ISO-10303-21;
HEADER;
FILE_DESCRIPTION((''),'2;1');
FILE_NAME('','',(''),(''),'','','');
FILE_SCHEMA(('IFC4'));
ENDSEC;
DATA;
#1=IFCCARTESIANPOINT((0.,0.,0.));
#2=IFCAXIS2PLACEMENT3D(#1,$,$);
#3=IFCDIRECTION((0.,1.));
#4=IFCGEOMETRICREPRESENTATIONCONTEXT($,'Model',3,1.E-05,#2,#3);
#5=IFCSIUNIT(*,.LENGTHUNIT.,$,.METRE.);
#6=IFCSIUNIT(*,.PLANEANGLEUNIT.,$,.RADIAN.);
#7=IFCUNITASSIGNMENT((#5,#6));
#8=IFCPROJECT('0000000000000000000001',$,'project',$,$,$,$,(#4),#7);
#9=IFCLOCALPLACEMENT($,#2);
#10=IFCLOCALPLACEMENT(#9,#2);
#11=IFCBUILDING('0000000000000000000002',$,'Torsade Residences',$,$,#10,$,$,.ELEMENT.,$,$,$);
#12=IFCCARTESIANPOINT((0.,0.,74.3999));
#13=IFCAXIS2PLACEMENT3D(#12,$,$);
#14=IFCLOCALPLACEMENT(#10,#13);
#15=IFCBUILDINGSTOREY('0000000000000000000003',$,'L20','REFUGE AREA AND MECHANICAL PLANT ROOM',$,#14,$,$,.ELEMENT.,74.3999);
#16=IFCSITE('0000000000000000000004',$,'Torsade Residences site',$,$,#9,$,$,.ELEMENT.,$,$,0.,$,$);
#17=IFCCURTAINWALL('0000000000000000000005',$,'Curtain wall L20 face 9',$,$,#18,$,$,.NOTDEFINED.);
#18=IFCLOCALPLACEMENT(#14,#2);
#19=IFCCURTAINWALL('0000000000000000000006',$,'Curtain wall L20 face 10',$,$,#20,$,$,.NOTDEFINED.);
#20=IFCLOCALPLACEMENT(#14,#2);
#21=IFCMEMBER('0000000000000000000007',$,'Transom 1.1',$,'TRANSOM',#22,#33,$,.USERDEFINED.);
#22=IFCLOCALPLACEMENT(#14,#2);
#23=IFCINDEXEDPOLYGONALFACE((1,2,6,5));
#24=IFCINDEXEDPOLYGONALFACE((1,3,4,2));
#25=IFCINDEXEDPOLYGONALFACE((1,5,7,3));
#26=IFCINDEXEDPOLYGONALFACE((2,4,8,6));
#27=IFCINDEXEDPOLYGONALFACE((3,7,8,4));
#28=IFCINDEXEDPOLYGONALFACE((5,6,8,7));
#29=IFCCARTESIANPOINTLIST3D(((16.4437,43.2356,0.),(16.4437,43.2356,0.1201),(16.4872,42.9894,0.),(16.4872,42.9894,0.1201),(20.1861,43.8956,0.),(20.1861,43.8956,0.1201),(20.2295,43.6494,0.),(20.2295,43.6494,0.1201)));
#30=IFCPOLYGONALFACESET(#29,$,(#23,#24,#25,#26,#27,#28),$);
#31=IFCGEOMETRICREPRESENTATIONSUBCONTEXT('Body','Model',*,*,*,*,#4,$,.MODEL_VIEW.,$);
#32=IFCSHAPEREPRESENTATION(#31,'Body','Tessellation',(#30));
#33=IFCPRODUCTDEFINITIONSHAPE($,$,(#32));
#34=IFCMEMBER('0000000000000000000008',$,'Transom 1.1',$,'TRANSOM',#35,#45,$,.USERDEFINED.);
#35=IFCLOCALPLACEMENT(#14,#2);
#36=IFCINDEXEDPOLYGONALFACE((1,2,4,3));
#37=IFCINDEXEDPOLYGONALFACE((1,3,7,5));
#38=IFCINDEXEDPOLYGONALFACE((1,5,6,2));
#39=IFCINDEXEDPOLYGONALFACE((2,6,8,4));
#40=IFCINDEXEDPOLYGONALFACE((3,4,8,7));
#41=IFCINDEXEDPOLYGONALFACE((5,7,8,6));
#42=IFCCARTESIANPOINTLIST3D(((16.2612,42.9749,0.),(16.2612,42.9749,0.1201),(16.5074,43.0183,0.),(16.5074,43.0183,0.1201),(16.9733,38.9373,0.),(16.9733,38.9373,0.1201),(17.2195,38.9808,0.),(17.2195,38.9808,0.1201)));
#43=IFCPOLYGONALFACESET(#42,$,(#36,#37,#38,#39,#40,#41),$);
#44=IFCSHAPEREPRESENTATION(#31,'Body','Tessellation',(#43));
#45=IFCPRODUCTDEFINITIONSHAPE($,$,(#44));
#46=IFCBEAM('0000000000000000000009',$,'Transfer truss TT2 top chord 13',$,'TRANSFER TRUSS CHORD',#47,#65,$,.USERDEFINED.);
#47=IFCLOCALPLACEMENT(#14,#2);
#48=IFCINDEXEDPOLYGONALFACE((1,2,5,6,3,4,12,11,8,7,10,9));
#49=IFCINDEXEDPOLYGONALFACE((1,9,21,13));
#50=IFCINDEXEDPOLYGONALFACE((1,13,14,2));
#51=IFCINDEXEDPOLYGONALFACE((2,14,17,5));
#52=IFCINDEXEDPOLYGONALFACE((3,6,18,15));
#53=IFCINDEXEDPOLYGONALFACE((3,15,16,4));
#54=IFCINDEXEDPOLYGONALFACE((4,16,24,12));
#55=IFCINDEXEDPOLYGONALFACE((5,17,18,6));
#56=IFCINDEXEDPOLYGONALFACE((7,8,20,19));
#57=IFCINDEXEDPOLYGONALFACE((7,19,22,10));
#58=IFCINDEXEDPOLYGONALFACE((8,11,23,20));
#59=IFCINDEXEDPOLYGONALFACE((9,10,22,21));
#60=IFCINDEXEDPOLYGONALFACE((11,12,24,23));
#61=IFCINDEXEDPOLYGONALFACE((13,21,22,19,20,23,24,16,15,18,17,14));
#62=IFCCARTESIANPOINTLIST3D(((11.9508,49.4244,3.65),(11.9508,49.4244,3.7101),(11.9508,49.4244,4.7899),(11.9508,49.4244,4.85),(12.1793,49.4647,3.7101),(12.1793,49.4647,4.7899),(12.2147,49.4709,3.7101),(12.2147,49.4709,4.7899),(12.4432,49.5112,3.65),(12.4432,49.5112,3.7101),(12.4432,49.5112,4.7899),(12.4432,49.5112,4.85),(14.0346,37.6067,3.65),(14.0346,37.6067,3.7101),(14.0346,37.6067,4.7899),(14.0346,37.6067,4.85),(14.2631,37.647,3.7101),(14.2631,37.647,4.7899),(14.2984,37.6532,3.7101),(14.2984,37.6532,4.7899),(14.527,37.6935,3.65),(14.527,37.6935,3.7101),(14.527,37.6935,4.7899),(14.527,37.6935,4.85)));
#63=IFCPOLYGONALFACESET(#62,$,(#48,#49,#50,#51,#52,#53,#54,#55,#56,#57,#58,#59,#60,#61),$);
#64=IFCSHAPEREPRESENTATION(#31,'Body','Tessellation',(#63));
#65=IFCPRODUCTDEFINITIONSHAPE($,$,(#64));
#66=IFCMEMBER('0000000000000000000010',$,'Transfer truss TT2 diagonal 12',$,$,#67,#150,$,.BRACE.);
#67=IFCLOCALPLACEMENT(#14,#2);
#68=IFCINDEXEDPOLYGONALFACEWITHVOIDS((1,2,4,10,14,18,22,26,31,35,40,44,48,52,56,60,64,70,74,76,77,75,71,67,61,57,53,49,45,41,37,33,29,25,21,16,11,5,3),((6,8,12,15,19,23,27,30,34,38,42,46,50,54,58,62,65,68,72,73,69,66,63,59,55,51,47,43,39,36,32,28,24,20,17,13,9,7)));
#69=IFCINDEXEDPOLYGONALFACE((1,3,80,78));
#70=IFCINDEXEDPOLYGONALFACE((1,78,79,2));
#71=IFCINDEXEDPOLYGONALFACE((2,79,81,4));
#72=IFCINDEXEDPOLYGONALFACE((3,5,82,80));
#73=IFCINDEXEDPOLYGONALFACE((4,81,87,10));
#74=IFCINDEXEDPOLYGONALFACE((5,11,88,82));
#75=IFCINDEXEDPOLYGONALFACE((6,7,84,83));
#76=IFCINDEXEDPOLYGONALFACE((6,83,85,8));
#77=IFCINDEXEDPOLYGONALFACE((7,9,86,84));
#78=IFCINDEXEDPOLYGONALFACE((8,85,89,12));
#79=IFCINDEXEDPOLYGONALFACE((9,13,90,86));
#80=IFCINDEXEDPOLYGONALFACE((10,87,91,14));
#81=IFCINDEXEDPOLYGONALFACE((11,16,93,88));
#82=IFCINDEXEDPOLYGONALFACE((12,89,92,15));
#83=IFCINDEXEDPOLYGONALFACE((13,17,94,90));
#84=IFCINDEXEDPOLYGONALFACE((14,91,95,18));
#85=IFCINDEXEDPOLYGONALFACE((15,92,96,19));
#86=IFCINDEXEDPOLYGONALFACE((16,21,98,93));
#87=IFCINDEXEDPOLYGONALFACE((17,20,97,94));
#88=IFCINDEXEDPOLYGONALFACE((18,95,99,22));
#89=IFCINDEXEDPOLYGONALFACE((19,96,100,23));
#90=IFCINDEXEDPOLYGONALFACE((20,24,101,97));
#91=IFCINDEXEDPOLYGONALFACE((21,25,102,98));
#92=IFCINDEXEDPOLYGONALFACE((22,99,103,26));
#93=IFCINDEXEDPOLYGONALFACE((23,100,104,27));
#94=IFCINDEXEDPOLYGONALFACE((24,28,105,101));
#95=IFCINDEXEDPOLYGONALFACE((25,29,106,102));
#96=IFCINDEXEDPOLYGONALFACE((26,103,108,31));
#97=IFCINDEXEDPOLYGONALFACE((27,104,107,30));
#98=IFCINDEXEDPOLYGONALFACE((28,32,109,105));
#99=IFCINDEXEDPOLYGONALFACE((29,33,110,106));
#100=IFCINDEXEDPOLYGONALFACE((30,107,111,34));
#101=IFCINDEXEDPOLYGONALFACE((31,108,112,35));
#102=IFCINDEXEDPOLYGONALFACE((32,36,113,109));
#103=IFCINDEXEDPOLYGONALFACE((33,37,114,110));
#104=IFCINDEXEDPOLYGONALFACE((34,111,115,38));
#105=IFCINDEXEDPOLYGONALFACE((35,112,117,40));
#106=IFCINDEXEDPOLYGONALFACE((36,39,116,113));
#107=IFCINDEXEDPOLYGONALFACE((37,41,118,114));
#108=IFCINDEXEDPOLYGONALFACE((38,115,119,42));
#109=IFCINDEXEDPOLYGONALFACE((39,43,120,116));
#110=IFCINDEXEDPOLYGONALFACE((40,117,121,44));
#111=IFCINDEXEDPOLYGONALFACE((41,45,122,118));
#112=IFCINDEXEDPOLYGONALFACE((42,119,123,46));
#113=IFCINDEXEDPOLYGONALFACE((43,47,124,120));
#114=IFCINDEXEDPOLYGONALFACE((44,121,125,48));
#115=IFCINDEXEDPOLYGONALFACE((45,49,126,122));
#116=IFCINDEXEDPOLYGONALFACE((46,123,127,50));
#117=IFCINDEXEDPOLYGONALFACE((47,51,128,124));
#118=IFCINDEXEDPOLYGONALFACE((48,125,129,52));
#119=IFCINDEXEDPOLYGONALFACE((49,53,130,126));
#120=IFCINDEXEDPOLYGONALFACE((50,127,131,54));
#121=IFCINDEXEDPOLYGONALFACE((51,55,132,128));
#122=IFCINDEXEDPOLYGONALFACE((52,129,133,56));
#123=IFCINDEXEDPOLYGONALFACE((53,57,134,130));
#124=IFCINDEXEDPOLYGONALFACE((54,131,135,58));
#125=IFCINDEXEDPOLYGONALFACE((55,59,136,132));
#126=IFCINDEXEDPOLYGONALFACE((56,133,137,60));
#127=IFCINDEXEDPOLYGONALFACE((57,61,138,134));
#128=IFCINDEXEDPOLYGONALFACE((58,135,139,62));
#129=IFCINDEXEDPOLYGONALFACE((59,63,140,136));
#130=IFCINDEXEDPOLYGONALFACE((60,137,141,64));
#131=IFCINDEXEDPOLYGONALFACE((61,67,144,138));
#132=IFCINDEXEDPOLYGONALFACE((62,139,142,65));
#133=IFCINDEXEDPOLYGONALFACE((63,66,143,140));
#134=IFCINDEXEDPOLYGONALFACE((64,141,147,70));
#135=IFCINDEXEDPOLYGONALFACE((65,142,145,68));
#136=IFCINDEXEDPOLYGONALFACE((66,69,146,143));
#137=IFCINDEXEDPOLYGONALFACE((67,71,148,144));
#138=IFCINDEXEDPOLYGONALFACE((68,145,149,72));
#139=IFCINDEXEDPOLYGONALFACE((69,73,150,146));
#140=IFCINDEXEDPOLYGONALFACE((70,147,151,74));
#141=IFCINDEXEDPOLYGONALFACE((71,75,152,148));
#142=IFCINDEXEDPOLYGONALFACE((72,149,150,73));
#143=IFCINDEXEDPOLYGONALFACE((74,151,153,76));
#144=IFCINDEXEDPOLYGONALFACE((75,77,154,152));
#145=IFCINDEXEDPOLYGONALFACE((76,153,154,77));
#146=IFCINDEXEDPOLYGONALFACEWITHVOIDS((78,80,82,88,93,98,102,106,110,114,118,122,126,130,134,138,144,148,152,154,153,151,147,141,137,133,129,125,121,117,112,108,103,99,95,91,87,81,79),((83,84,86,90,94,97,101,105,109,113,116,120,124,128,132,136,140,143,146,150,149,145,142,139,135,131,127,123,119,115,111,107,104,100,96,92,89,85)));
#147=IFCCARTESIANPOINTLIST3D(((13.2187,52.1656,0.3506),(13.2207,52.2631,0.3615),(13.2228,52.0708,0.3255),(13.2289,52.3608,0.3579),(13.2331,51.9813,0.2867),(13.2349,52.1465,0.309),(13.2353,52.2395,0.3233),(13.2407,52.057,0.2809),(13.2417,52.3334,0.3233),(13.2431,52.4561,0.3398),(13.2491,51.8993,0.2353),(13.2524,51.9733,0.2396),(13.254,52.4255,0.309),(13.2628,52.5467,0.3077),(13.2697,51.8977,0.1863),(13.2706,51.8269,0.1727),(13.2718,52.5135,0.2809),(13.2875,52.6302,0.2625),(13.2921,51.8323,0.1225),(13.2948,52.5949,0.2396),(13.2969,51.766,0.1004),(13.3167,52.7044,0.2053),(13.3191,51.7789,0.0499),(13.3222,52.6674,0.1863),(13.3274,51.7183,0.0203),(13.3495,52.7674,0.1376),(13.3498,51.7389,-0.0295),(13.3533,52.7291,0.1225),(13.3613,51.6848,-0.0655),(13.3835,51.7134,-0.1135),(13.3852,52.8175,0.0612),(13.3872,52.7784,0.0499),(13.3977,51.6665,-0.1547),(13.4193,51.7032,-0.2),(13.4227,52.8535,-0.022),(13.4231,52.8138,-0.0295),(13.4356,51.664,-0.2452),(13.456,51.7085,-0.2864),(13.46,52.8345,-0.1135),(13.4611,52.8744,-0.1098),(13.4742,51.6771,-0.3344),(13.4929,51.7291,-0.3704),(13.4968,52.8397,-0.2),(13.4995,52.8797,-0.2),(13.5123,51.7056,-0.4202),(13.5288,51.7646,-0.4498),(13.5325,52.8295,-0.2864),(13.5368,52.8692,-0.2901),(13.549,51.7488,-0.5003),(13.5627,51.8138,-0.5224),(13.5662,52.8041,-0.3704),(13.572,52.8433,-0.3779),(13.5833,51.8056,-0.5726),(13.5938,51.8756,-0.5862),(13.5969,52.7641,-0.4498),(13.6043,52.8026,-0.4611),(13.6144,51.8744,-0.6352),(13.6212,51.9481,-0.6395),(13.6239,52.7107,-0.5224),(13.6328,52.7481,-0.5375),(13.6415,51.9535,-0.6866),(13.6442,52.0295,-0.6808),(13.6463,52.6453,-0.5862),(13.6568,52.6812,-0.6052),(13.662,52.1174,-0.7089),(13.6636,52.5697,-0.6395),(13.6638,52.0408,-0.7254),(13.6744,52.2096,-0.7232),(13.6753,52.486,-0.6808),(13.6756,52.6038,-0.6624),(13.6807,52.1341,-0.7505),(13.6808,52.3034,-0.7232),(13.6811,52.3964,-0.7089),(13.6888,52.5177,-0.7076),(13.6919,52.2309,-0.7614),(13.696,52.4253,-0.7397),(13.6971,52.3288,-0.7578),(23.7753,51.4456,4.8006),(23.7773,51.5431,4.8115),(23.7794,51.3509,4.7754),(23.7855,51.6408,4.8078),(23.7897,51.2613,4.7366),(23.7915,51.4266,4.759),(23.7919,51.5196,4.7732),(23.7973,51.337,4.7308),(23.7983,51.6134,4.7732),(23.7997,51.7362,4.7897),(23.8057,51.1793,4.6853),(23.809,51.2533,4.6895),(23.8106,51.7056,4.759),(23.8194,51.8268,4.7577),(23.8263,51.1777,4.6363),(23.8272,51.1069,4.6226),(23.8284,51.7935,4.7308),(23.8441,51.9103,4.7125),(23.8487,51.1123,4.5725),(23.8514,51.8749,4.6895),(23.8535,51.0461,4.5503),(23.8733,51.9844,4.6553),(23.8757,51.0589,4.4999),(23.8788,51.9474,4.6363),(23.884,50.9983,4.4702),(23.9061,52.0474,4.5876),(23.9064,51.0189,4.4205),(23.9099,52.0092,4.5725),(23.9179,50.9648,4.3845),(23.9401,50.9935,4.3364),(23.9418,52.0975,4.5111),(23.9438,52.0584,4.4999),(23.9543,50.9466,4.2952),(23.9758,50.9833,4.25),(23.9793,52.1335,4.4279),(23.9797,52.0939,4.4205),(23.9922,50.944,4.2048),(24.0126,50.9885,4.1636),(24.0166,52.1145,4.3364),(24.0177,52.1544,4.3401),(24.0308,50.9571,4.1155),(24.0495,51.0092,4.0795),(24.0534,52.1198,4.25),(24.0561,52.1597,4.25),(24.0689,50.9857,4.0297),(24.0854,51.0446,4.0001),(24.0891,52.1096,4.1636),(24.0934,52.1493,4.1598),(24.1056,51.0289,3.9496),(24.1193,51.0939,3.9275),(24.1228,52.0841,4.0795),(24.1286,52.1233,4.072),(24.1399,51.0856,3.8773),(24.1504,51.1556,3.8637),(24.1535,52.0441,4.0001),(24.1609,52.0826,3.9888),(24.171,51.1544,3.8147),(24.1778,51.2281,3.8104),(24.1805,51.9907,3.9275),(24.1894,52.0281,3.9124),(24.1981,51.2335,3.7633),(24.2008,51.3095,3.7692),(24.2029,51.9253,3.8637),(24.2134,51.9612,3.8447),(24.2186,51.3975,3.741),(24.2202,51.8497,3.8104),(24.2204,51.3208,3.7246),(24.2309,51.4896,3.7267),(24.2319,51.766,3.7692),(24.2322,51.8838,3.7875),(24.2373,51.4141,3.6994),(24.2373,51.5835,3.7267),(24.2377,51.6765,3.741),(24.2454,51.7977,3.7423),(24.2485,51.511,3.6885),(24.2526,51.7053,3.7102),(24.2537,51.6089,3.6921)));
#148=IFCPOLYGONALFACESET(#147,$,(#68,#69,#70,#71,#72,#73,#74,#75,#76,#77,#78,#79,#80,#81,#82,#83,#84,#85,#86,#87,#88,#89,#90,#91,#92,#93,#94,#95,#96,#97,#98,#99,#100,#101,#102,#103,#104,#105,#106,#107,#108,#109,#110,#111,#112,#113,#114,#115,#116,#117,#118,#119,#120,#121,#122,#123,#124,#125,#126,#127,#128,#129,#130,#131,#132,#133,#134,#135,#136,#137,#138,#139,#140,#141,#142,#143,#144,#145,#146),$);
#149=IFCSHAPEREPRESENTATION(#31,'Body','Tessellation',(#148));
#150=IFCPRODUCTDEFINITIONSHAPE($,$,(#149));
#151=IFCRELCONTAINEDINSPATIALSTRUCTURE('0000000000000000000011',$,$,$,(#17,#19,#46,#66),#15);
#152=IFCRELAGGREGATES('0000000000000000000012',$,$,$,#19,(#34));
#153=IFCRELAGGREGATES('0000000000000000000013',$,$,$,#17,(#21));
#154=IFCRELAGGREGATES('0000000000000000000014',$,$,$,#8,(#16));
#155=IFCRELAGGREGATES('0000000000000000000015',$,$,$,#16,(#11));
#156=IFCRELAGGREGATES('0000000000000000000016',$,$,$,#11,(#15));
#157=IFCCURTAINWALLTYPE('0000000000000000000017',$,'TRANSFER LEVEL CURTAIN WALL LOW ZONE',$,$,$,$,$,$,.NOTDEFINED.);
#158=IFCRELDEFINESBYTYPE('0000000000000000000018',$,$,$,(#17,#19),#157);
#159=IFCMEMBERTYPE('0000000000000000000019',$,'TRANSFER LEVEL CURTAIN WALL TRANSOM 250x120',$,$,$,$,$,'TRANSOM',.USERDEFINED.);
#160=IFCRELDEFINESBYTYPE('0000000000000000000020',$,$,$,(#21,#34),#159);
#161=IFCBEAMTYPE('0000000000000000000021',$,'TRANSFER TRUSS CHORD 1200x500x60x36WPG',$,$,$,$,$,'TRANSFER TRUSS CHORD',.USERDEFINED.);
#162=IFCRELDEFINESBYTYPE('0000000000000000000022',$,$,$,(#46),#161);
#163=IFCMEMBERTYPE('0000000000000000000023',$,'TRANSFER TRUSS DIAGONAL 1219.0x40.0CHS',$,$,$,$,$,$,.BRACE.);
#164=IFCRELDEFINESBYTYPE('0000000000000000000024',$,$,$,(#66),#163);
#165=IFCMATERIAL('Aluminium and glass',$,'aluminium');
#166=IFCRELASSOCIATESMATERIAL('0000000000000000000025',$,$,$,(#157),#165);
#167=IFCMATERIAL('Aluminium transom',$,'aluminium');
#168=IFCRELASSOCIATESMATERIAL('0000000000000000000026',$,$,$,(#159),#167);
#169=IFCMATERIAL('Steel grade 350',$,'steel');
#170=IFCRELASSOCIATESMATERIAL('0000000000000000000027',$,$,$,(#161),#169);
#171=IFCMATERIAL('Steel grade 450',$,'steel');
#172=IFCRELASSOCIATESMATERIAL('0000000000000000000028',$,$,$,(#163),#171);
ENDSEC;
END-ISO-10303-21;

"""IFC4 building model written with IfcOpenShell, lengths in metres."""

from ifc_helpers import new_model, si_unit, direction, frame, origin, origin_2d, place, context, subcontext, project, spatial, rectangle, hollow_circle, i_section, extrude, material, material_profile, profile_set, type_object, element, aggregate, save


model = new_model("IFC4")

# Units and contexts
model_context = context("Model", 3, precision=1e-05, world=origin(), true_north=direction((0.0, 1.0)))
body_context = subcontext(model_context, "Body", "Model", "MODEL_VIEW")
ifc_project = project(units=[si_unit("LENGTHUNIT", "METRE"), si_unit("PLANEANGLEUNIT", "RADIAN")], contexts=[model_context])

# Site, building, storey
site_placement = place(None, origin())
site = spatial("IfcSite", under=ifc_project, at=site_placement, Name="Torsade Residences site", CompositionType="ELEMENT", RefElevation=0.0)
building_placement = place(site_placement, origin())
building = spatial("IfcBuilding", under=site, at=building_placement, Name="Torsade Residences", CompositionType="ELEMENT")
storey_placement = place(building_placement, frame((0.0, 0.0, 74.3999)))
storey = spatial("IfcBuildingStorey", under=building, at=storey_placement, Name="L20", Description="REFUGE AREA AND MECHANICAL PLANT ROOM", CompositionType="ELEMENT", Elevation=74.3999)

# Curtain wall
ifc_material_1 = material(Name="Aluminium and glass", Category="aluminium")
curtain_wall_type = type_object("IfcCurtainWallType", Name="TRANSFER LEVEL CURTAIN WALL LOW ZONE", PredefinedType="NOTDEFINED", material=ifc_material_1)
curtain_wall_1_placement = place(storey_placement, origin())
curtain_wall_1 = element("IfcCurtainWall", 1, at=curtain_wall_1_placement, inside=storey, type_object=curtain_wall_type, Name="Curtain wall L20 face 9", PredefinedType="NOTDEFINED")

# Curtain wall
curtain_wall_2_placement = place(storey_placement, origin())
curtain_wall_2 = element("IfcCurtainWall", 2, at=curtain_wall_2_placement, inside=storey, type_object=curtain_wall_type, Name="Curtain wall L20 face 10", PredefinedType="NOTDEFINED")

# Members
ifc_material_2 = material(Name="Aluminium transom", Category="aluminium")
ifc_material_profile_1 = material_profile(ifc_material_2, rectangle(XDim=0.25, YDim=0.1201, at=origin_2d()), Name="TRANSFER LEVEL CURTAIN WALL TRANSOM 250x120")
ifc_profile_set_1 = profile_set([ifc_material_profile_1], Name="Aluminium transom")
member_type_1 = type_object("IfcMemberType", Name="TRANSFER LEVEL CURTAIN WALL TRANSOM 250x120", ElementType="TRANSOM", PredefinedType="USERDEFINED", material=ifc_profile_set_1)
member_1_placement = place(storey_placement, frame((20.2078, 43.7725, 0.0601), z_axis=(-0.984805, -0.173664, 0.0), x_axis=(0.173664, -0.984805, 0.0)))
member_1 = element("IfcMember", 3, at=member_1_placement, type_object=member_type_1, Name="Transom 1.1", ObjectType="TRANSOM", PredefinedType="USERDEFINED", context=body_context, shape_type="SweptSolid", body=[
    extrude(rectangle(XDim=0.25, YDim=0.1201, at=origin_2d()), origin(), (0.0, 0.0, 1.0), 3.8),
])
member_2_placement = place(storey_placement, frame((16.3843, 42.9966, 0.0601), z_axis=(0.1737, -0.984799, 0.0), x_axis=(0.984799, 0.1737, 0.0)))
member_2 = element("IfcMember", 4, at=member_2_placement, type_object=member_type_1, Name="Transom 1.1", ObjectType="TRANSOM", PredefinedType="USERDEFINED", context=body_context, shape_type="SweptSolid", body=[
    extrude(rectangle(XDim=0.25, YDim=0.1201, at=origin_2d()), origin(), (0.0, 0.0, 1.0), 4.0999),
])
aggregate(curtain_wall_2, [member_2])

# Beam
ifc_material_3 = material(Name="Steel grade 350", Category="steel")
ifc_material_profile_2 = material_profile(ifc_material_3, i_section(OverallWidth=0.5, OverallDepth=1.2, WebThickness=0.0359, FlangeThickness=0.0601, at=origin_2d()), Name="1200x500x60x36WPG")
ifc_profile_set_2 = profile_set([ifc_material_profile_2], Name="Steel grade 350")
beam_type_1 = type_object("IfcBeamType", Name="TRANSFER TRUSS CHORD 1200x500x60x36WPG", ElementType="TRANSFER TRUSS CHORD", PredefinedType="USERDEFINED", material=ifc_profile_set_2)
beam_1_placement = place(storey_placement, frame((12.197, 49.4678, 4.25), z_axis=(0.173646, -0.984808, 0.0), x_axis=(0.984808, 0.173646, 0.0)))
element("IfcBeam", 5, at=beam_1_placement, inside=storey, type_object=beam_type_1, Name="Transfer truss TT2 top chord 13", ObjectType="TRANSFER TRUSS CHORD", PredefinedType="USERDEFINED", context=body_context, shape_type="SweptSolid", body=[
    extrude(i_section(OverallWidth=0.5, OverallDepth=1.2, WebThickness=0.0359, FlangeThickness=0.0601, at=origin_2d()), origin(), (0.0, 0.0, 1.0), 12.0),
])

# Member
ifc_material_4 = material(Name="Steel grade 450", Category="steel")
ifc_material_profile_3 = material_profile(ifc_material_4, hollow_circle(Radius=0.6096, WallThickness=0.04, at=origin_2d()), Name="1219.0x40.0CHS")
ifc_profile_set_3 = profile_set([ifc_material_profile_3], Name="Steel grade 450")
member_type_2 = type_object("IfcMemberType", Name="TRANSFER TRUSS DIAGONAL 1219.0x40.0CHS", PredefinedType="BRACE", material=ifc_profile_set_3)
member_3_placement = place(storey_placement, frame((13.458, 52.2715, -0.2), z_axis=(0.919663, -0.062722, 0.387667), x_axis=(0.068043, 0.997682, 0.0)))
element("IfcMember", 6, at=member_3_placement, inside=storey, type_object=member_type_2, Name="Transfer truss TT2 diagonal 12", PredefinedType="BRACE", context=body_context, shape_type="SweptSolid", body=[
    extrude(hollow_circle(Radius=0.6096, WallThickness=0.04, at=origin_2d()), origin(), (0.0, 0.0, 1.0), 11.4788),
])

aggregate(curtain_wall_1, [member_1])

save(model, "model.ifc")
